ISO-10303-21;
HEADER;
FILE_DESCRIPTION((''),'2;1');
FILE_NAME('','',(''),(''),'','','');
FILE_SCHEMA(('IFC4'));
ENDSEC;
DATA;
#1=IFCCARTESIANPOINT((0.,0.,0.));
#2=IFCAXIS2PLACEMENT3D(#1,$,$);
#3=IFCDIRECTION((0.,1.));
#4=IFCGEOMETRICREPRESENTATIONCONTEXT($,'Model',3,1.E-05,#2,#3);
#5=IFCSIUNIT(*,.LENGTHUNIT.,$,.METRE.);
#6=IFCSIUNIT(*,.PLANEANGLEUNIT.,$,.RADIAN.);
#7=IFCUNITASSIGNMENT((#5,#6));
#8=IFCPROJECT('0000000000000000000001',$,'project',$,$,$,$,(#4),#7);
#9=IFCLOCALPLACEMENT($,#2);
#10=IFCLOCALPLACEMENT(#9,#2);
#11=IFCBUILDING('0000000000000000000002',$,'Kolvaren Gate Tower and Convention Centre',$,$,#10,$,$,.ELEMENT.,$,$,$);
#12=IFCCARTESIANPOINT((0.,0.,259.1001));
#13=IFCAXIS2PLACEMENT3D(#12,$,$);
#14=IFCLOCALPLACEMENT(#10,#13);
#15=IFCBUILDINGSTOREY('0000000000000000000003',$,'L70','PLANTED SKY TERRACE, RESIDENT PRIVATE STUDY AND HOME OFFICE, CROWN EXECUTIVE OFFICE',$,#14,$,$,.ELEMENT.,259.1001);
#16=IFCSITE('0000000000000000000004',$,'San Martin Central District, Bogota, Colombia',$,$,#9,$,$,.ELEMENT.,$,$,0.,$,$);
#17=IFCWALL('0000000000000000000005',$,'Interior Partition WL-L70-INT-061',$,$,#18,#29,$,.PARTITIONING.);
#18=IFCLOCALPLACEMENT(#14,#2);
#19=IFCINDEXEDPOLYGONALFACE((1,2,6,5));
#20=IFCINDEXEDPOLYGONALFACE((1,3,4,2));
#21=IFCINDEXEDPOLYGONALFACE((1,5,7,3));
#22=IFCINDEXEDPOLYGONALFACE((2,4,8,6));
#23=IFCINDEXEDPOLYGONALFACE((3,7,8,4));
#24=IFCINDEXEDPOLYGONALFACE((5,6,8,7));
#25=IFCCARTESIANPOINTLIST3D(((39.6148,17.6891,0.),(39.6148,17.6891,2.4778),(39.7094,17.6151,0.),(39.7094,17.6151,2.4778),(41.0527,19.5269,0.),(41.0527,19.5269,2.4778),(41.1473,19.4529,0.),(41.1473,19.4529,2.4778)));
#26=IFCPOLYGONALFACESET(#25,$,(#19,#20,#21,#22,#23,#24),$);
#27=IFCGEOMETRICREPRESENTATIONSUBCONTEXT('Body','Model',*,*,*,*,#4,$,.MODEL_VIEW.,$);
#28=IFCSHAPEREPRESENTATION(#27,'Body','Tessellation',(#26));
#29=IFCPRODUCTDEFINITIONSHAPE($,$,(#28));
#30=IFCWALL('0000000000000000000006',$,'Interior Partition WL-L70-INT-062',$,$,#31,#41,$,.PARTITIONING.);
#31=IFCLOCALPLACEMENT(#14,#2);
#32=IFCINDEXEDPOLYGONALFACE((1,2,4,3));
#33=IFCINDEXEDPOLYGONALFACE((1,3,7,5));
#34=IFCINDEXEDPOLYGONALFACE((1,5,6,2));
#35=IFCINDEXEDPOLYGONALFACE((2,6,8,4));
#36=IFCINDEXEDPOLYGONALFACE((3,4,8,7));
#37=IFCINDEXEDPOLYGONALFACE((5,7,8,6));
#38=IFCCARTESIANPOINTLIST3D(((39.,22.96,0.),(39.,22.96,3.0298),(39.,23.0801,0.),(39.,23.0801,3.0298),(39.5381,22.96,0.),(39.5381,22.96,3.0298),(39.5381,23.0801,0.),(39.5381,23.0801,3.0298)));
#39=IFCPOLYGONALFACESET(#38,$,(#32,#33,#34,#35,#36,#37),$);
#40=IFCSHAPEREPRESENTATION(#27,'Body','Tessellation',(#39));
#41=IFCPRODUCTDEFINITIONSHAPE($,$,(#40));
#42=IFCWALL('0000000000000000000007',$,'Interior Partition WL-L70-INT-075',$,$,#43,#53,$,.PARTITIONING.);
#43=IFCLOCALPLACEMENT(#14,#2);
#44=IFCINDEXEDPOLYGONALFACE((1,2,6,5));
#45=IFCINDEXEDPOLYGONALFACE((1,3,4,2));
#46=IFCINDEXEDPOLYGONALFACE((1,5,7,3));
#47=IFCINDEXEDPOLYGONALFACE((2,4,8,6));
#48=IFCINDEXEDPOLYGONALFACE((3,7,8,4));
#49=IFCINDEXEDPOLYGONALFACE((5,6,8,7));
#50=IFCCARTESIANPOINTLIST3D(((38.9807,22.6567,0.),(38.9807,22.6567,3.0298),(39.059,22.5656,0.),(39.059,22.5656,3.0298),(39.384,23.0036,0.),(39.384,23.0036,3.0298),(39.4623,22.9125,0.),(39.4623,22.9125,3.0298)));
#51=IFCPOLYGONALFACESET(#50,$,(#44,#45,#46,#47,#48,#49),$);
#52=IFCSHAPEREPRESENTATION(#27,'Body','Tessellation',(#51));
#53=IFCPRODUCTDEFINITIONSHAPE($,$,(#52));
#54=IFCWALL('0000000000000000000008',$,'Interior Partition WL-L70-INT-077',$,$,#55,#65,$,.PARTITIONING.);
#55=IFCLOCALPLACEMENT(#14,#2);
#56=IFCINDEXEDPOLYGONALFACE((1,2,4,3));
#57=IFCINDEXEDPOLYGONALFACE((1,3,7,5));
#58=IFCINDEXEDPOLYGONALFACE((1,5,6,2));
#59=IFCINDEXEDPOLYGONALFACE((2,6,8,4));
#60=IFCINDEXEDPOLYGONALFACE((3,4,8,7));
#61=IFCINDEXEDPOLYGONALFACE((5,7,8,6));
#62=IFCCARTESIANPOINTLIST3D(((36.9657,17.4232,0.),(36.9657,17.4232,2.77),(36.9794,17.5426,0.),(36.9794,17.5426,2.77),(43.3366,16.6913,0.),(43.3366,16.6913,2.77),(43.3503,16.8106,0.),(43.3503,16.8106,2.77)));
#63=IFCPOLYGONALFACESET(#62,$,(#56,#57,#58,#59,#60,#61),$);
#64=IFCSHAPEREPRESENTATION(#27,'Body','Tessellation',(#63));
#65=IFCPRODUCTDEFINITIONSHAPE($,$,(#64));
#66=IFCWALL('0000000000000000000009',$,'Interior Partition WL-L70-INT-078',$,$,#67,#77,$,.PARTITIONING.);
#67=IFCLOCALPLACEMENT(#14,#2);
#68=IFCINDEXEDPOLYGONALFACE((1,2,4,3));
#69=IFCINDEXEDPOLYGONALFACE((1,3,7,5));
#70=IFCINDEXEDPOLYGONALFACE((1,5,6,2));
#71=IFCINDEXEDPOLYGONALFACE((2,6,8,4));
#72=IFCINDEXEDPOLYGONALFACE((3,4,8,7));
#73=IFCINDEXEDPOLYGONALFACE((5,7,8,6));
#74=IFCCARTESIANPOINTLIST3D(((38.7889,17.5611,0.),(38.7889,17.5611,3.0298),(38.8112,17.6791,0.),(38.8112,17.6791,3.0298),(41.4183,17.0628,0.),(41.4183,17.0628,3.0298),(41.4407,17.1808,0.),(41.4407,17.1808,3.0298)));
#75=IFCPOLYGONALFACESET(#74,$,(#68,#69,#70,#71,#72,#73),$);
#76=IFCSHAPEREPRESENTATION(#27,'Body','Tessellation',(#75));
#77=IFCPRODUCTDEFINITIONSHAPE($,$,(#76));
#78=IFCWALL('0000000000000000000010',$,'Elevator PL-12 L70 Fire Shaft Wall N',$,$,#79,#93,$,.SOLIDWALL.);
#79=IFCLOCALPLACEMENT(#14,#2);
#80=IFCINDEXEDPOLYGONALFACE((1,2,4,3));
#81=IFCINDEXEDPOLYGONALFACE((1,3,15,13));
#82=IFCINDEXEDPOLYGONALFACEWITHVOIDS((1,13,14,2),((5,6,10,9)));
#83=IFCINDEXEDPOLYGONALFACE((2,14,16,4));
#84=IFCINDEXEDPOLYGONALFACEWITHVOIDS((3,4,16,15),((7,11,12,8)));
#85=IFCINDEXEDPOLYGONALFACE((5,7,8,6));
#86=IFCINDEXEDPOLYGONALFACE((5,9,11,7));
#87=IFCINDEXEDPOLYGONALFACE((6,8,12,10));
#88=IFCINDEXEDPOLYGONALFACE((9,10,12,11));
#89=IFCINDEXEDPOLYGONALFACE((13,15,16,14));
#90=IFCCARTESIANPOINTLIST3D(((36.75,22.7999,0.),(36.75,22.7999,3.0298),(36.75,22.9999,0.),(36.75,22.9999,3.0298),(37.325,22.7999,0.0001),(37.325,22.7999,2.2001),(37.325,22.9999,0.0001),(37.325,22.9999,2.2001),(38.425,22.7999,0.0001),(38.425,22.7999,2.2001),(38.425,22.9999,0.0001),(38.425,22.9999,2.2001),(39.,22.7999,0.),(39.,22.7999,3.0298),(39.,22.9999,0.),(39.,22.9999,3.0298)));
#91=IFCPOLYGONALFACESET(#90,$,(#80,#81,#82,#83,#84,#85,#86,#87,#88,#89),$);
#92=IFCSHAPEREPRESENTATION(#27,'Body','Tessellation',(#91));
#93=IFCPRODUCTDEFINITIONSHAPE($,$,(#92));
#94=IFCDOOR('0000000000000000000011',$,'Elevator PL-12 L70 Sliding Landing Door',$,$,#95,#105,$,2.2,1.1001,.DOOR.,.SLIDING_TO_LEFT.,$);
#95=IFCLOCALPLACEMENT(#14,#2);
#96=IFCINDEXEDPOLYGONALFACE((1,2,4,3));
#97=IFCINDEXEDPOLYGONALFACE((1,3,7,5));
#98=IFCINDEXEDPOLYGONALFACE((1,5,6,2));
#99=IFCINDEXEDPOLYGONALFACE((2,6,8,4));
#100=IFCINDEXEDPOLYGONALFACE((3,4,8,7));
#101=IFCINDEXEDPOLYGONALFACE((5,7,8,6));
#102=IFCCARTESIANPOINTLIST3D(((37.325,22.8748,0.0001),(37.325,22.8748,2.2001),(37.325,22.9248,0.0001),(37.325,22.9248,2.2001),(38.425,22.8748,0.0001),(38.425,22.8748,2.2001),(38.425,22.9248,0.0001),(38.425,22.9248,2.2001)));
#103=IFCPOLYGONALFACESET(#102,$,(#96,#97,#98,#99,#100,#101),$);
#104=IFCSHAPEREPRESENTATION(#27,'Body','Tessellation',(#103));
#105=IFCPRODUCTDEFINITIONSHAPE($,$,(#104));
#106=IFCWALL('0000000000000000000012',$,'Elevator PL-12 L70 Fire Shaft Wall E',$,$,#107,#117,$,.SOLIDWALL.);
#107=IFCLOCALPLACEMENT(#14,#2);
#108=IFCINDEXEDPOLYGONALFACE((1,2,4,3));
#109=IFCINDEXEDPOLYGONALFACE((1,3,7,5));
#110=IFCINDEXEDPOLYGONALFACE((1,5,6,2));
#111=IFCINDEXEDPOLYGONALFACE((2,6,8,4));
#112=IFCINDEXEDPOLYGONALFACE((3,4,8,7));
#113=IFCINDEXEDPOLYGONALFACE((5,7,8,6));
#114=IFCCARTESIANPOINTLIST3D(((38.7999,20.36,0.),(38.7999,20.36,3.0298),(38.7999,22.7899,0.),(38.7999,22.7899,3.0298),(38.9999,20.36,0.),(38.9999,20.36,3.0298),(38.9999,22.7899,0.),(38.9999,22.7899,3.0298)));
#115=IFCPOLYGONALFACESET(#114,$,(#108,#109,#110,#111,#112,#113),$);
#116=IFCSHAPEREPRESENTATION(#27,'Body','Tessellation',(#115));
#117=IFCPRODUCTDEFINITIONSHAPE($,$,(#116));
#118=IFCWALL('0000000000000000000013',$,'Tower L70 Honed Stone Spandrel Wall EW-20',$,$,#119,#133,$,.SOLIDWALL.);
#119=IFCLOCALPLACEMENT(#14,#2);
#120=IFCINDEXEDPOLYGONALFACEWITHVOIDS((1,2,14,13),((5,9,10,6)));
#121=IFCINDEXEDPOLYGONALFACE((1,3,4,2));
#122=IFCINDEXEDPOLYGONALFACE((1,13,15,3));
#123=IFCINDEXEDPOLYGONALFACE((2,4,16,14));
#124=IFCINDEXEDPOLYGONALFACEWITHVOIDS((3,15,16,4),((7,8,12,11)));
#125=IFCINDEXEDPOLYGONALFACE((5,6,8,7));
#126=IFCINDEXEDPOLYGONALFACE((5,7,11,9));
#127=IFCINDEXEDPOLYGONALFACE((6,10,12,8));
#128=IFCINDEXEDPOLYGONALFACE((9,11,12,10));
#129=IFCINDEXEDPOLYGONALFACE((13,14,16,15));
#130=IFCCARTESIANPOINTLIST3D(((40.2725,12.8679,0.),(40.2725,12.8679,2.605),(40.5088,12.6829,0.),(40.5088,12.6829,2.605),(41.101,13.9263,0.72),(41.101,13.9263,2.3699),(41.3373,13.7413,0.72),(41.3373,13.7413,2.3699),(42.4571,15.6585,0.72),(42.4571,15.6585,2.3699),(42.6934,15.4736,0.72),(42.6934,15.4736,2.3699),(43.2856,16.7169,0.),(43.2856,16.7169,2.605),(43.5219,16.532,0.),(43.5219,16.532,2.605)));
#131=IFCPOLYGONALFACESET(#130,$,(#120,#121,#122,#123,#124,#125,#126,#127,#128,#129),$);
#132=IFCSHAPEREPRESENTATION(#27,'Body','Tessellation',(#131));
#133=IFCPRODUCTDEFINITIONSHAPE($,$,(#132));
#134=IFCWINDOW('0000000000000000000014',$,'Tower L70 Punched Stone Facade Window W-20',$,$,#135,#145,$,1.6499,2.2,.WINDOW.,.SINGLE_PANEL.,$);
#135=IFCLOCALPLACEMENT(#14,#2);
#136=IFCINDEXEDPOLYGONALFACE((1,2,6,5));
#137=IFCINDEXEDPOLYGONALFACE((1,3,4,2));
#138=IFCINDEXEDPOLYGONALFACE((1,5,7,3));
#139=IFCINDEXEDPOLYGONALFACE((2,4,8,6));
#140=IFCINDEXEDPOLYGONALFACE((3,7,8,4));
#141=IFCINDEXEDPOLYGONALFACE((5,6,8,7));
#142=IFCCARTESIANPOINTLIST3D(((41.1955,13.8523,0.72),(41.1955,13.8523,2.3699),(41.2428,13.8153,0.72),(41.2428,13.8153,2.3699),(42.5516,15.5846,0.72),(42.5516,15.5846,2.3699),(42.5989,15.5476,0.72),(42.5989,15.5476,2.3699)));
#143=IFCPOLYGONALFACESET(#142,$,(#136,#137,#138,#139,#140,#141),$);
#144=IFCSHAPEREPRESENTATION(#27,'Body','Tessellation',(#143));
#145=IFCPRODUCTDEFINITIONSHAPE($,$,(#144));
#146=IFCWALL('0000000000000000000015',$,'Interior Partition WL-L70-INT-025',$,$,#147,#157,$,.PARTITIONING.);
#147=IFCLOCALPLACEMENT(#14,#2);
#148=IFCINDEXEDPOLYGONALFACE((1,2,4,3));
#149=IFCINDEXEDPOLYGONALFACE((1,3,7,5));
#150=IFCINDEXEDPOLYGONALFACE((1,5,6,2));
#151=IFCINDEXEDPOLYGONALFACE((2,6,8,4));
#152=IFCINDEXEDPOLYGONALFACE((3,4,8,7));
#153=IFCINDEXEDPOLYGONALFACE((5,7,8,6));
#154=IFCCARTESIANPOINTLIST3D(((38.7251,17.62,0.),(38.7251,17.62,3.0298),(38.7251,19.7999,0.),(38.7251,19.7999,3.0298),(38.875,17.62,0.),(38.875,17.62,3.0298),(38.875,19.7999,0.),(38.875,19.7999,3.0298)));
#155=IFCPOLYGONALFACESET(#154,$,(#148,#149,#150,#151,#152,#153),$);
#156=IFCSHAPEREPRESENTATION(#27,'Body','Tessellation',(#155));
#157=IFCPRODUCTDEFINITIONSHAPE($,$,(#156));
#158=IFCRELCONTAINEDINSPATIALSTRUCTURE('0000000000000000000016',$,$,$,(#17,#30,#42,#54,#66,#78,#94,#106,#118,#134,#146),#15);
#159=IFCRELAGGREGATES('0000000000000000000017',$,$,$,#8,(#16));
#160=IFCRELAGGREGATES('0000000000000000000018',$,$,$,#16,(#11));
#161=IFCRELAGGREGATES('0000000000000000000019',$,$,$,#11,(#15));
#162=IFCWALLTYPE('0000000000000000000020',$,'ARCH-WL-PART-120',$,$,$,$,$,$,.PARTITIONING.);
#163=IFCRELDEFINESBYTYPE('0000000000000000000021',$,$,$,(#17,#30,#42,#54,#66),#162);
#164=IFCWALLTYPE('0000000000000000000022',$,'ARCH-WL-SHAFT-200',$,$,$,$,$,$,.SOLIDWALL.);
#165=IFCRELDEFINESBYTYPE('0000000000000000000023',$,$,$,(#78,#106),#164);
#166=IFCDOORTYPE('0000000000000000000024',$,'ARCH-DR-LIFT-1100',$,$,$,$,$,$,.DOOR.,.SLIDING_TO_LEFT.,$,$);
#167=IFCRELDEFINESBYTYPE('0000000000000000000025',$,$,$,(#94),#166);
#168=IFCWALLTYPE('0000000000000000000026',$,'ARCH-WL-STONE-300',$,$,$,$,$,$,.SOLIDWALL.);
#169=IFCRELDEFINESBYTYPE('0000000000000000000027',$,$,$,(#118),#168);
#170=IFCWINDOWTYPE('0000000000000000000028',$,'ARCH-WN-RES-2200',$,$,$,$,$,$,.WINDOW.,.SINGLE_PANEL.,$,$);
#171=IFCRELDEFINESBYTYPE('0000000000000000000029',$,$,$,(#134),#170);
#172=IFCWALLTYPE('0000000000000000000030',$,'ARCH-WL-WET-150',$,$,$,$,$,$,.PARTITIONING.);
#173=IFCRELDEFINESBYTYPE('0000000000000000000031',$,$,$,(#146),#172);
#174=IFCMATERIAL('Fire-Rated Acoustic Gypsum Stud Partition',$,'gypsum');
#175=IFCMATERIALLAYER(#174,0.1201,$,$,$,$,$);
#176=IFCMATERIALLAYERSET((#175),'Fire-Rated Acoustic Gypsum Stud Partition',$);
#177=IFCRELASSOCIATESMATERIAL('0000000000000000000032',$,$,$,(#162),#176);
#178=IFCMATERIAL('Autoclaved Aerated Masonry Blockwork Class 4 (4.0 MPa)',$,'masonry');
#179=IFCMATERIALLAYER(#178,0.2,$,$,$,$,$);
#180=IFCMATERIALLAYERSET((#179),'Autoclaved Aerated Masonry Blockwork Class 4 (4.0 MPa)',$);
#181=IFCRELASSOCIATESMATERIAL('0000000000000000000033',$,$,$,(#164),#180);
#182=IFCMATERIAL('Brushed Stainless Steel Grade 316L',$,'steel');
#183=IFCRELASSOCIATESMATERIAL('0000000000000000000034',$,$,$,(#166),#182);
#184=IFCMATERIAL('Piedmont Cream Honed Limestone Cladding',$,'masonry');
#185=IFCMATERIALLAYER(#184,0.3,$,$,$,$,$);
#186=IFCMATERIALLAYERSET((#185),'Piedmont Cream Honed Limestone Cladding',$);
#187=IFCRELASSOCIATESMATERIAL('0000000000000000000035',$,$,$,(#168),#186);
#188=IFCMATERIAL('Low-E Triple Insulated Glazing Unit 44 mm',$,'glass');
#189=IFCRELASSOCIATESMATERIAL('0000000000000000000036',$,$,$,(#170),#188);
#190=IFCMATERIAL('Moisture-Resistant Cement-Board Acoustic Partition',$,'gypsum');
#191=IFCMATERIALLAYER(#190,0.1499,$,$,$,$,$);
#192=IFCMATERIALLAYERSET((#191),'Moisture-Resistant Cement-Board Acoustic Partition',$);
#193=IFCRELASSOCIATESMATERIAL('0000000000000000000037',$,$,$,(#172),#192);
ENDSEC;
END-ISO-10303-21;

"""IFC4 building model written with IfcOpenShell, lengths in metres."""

from ifc_helpers import new_model, si_unit, direction, frame, frame_2d, origin, place, context, subcontext, project, spatial, rectangle, extrude, material, layer, layer_set, type_object, element, fill, save


model = new_model("IFC4")

# Units and contexts
model_context = context("Model", 3, precision=1e-05, world=origin(), true_north=direction((0.0, 1.0)))
body_context = subcontext(model_context, "Body", "Model", "MODEL_VIEW")
ifc_project = project(units=[si_unit("LENGTHUNIT", "METRE"), si_unit("PLANEANGLEUNIT", "RADIAN")], contexts=[model_context])

# Site, building, storey
site_placement = place(None, origin())
site = spatial("IfcSite", under=ifc_project, at=site_placement, Name="San Martin Central District, Bogota, Colombia", CompositionType="ELEMENT", RefElevation=0.0)
building_placement = place(site_placement, origin())
building = spatial("IfcBuilding", under=site, at=building_placement, Name="Kolvaren Gate Tower and Convention Centre", CompositionType="ELEMENT")
storey_placement = place(building_placement, frame((0.0, 0.0, 259.1001)))
storey = spatial("IfcBuildingStorey", under=building, at=storey_placement, Name="L70", Description="PLANTED SKY TERRACE, RESIDENT PRIVATE STUDY AND HOME OFFICE, CROWN EXECUTIVE OFFICE", CompositionType="ELEMENT", Elevation=259.1001)

# Walls
ifc_material_1 = material(Name="Fire-Rated Acoustic Gypsum Stud Partition", Category="gypsum")
ifc_layer_1 = layer(ifc_material_1, 0.1201)
ifc_layer_set_1 = layer_set([ifc_layer_1], Name="Fire-Rated Acoustic Gypsum Stud Partition")
wall_type_1 = type_object("IfcWallType", Name="ARCH-WL-PART-120", PredefinedType="PARTITIONING", material=ifc_layer_set_1)
wall_1_placement = place(storey_placement, frame((39.6621, 17.6521, 0.0), z_axis=(0.0, 0.0, 1.0), x_axis=(0.616212, 0.78758, 0.0)))
element("IfcWall", 1, at=wall_1_placement, inside=storey, type_object=wall_type_1, Name="Interior Partition WL-L70-INT-061", PredefinedType="PARTITIONING", context=body_context, shape_type="SweptSolid", body=[
    extrude(rectangle(XDim=2.3335, YDim=0.1201, at=frame_2d((1.1667, 0.0))), origin(), (0.0, 0.0, 1.0), 2.4778),
])
wall_2_placement = place(storey_placement, frame((39.0, 23.02, 0.0), z_axis=(0.0, 0.0, 1.0), x_axis=(1.0, 0.0, 0.0)))
element("IfcWall", 2, at=wall_2_placement, inside=storey, type_object=wall_type_1, Name="Interior Partition WL-L70-INT-062", PredefinedType="PARTITIONING", context=body_context, shape_type="SweptSolid", body=[
    extrude(rectangle(XDim=0.5381, YDim=0.1201, at=frame_2d((0.269, 0.0))), origin(), (0.0, 0.0, 1.0), 3.0298),
])
wall_3_placement = place(storey_placement, frame((39.0198, 22.6111, 0.0), z_axis=(0.0, 0.0, 1.0), x_axis=(0.758122, 0.652113, 0.0)))
element("IfcWall", 3, at=wall_3_placement, inside=storey, type_object=wall_type_1, Name="Interior Partition WL-L70-INT-075", PredefinedType="PARTITIONING", context=body_context, shape_type="SweptSolid", body=[
    extrude(rectangle(XDim=0.532, YDim=0.1201, at=frame_2d((0.2661, 0.0))), origin(), (0.0, 0.0, 1.0), 3.0298),
])
wall_4_placement = place(storey_placement, frame((36.9724, 17.4829, 0.0), z_axis=(0.0, 0.0, 1.0), x_axis=(0.993465, -0.114137, 0.0)))
element("IfcWall", 4, at=wall_4_placement, inside=storey, type_object=wall_type_1, Name="Interior Partition WL-L70-INT-077", PredefinedType="PARTITIONING", context=body_context, shape_type="SweptSolid", body=[
    extrude(rectangle(XDim=6.4128, YDim=0.1201, at=frame_2d((3.2065, 0.0))), origin(), (0.0, 0.0, 1.0), 2.77),
])
wall_5_placement = place(storey_placement, frame((38.8, 17.6201, 0.0), z_axis=(0.0, 0.0, 1.0), x_axis=(0.982513, -0.186194, 0.0)))
element("IfcWall", 5, at=wall_5_placement, inside=storey, type_object=wall_type_1, Name="Interior Partition WL-L70-INT-078", PredefinedType="PARTITIONING", context=body_context, shape_type="SweptSolid", body=[
    extrude(rectangle(XDim=2.6763, YDim=0.1201, at=frame_2d((1.3381, 0.0))), origin(), (0.0, 0.0, 1.0), 3.0298),
])

# Wall, opening, door
ifc_material_2 = material(Name="Autoclaved Aerated Masonry Blockwork Class 4 (4.0 MPa)", Category="masonry")
ifc_layer_2 = layer(ifc_material_2, 0.2)
ifc_layer_set_2 = layer_set([ifc_layer_2], Name="Autoclaved Aerated Masonry Blockwork Class 4 (4.0 MPa)")
wall_type_2 = type_object("IfcWallType", Name="ARCH-WL-SHAFT-200", PredefinedType="SOLIDWALL", material=ifc_layer_set_2)
wall_6_placement = place(storey_placement, frame((36.75, 22.8999, 0.0), z_axis=(0.0, 0.0, 1.0), x_axis=(1.0, 0.0, 0.0)))
wall_6 = element("IfcWall", 6, at=wall_6_placement, inside=storey, type_object=wall_type_2, Name="Elevator PL-12 L70 Fire Shaft Wall N", PredefinedType="SOLIDWALL", context=body_context, shape_type="SweptSolid", body=[
    extrude(rectangle(XDim=2.25, YDim=0.2, at=frame_2d((1.125, 0.0))), origin(), (0.0, 0.0, 1.0), 3.0298),
])
opening_1_placement = place(wall_6_placement, frame((0.575, 0.0, 0.0)))
opening_1 = element("IfcOpeningElement", 7, at=opening_1_placement, cuts=wall_6, PredefinedType="OPENING", context=body_context, shape_type="SweptSolid", body=[
    extrude(rectangle(XDim=1.1001, YDim=2.2, at=frame_2d((0.55, 1.1001))), frame((0.0, 0.1099, 0.0), z_axis=(0.0, -1.0, 0.0), x_axis=(1.0, 0.0, 0.0)), (0.0, 0.0, 1.0), 0.22),
])
ifc_material_3 = material(Name="Brushed Stainless Steel Grade 316L", Category="steel")
door_type = type_object("IfcDoorType", Name="ARCH-DR-LIFT-1100", OperationType="SLIDING_TO_LEFT", PredefinedType="DOOR", material=ifc_material_3)
door_placement = place(opening_1_placement, origin())
door = element("IfcDoor", 8, at=door_placement, inside=storey, type_object=door_type, Name="Elevator PL-12 L70 Sliding Landing Door", OperationType="SLIDING_TO_LEFT", OverallHeight=2.2, OverallWidth=1.1001, PredefinedType="DOOR", context=body_context, shape_type="SweptSolid", body=[
    extrude(rectangle(XDim=1.1001, YDim=2.2, at=frame_2d((0.55, 1.1001))), frame((0.0, 0.0249, 0.0), z_axis=(0.0, -1.0, 0.0), x_axis=(1.0, 0.0, 0.0)), (0.0, 0.0, 1.0), 0.05),
])
fill(opening_1, door)

# Wall
wall_7_placement = place(storey_placement, frame((38.8999, 20.3601, 0.0), z_axis=(0.0, 0.0, 1.0), x_axis=(0.0, 1.0, 0.0)))
element("IfcWall", 9, at=wall_7_placement, inside=storey, type_object=wall_type_2, Name="Elevator PL-12 L70 Fire Shaft Wall E", PredefinedType="SOLIDWALL", context=body_context, shape_type="SweptSolid", body=[
    extrude(rectangle(XDim=2.4299, YDim=0.2, at=frame_2d((1.2148, 0.0))), origin(), (0.0, 0.0, 1.0), 3.0298),
])

# Wall, opening, window
ifc_material_4 = material(Name="Piedmont Cream Honed Limestone Cladding", Category="masonry")
ifc_layer_3 = layer(ifc_material_4, 0.3)
ifc_layer_set_3 = layer_set([ifc_layer_3], Name="Piedmont Cream Honed Limestone Cladding")
wall_type_3 = type_object("IfcWallType", Name="ARCH-WL-STONE-300", PredefinedType="SOLIDWALL", material=ifc_layer_set_3)
wall_8_placement = place(storey_placement, frame((40.3906, 12.7754, 0.0), z_axis=(0.0, 0.0, 1.0), x_axis=(0.616413, 0.787423, 0.0)))
wall_8 = element("IfcWall", 10, at=wall_8_placement, inside=storey, type_object=wall_type_3, Name="Tower L70 Honed Stone Spandrel Wall EW-20", PredefinedType="SOLIDWALL", context=body_context, shape_type="SweptSolid", body=[
    extrude(rectangle(XDim=4.8882, YDim=0.3, at=frame_2d((2.4441, 0.0))), origin(), (0.0, 0.0, 1.0), 2.605),
])
opening_2_placement = place(wall_8_placement, frame((1.344, 0.0, 0.72)))
opening_2 = element("IfcOpeningElement", 11, at=opening_2_placement, cuts=wall_8, PredefinedType="OPENING", context=body_context, shape_type="SweptSolid", body=[
    extrude(rectangle(XDim=2.2, YDim=1.6499, at=frame_2d((1.1001, 0.825))), frame((0.0, 0.1599, 0.0), z_axis=(0.0, -1.0, 0.0), x_axis=(1.0, 0.0, 0.0)), (0.0, 0.0, 1.0), 0.3201),
])
ifc_material_5 = material(Name="Low-E Triple Insulated Glazing Unit 44 mm", Category="glass")
window_type = type_object("IfcWindowType", Name="ARCH-WN-RES-2200", PartitioningType="SINGLE_PANEL", PredefinedType="WINDOW", material=ifc_material_5)
window_placement = place(opening_2_placement, origin())
window = element("IfcWindow", 12, at=window_placement, inside=storey, type_object=window_type, Name="Tower L70 Punched Stone Facade Window W-20", OverallHeight=1.6499, OverallWidth=2.2, PartitioningType="SINGLE_PANEL", PredefinedType="WINDOW", context=body_context, shape_type="SweptSolid", body=[
    extrude(rectangle(XDim=2.2, YDim=1.6499, at=frame_2d((1.1001, 0.825))), frame((0.0, 0.03, 0.0), z_axis=(0.0, -1.0, 0.0), x_axis=(1.0, 0.0, 0.0)), (0.0, 0.0, 1.0), 0.0601),
])
fill(opening_2, window)

# Wall
ifc_material_6 = material(Name="Moisture-Resistant Cement-Board Acoustic Partition", Category="gypsum")
ifc_layer_4 = layer(ifc_material_6, 0.1499)
ifc_layer_set_4 = layer_set([ifc_layer_4], Name="Moisture-Resistant Cement-Board Acoustic Partition")
wall_type_4 = type_object("IfcWallType", Name="ARCH-WL-WET-150", PredefinedType="PARTITIONING", material=ifc_layer_set_4)
wall_9_placement = place(storey_placement, frame((38.8, 17.6201, 0.0), z_axis=(0.0, 0.0, 1.0), x_axis=(0.0, 1.0, 0.0)))
element("IfcWall", 13, at=wall_9_placement, inside=storey, type_object=wall_type_4, Name="Interior Partition WL-L70-INT-025", PredefinedType="PARTITIONING", context=body_context, shape_type="SweptSolid", body=[
    extrude(rectangle(XDim=2.1799, YDim=0.1499, at=frame_2d((1.0898, 0.0))), origin(), (0.0, 0.0, 1.0), 3.0298),
])

save(model, "model.ifc")
